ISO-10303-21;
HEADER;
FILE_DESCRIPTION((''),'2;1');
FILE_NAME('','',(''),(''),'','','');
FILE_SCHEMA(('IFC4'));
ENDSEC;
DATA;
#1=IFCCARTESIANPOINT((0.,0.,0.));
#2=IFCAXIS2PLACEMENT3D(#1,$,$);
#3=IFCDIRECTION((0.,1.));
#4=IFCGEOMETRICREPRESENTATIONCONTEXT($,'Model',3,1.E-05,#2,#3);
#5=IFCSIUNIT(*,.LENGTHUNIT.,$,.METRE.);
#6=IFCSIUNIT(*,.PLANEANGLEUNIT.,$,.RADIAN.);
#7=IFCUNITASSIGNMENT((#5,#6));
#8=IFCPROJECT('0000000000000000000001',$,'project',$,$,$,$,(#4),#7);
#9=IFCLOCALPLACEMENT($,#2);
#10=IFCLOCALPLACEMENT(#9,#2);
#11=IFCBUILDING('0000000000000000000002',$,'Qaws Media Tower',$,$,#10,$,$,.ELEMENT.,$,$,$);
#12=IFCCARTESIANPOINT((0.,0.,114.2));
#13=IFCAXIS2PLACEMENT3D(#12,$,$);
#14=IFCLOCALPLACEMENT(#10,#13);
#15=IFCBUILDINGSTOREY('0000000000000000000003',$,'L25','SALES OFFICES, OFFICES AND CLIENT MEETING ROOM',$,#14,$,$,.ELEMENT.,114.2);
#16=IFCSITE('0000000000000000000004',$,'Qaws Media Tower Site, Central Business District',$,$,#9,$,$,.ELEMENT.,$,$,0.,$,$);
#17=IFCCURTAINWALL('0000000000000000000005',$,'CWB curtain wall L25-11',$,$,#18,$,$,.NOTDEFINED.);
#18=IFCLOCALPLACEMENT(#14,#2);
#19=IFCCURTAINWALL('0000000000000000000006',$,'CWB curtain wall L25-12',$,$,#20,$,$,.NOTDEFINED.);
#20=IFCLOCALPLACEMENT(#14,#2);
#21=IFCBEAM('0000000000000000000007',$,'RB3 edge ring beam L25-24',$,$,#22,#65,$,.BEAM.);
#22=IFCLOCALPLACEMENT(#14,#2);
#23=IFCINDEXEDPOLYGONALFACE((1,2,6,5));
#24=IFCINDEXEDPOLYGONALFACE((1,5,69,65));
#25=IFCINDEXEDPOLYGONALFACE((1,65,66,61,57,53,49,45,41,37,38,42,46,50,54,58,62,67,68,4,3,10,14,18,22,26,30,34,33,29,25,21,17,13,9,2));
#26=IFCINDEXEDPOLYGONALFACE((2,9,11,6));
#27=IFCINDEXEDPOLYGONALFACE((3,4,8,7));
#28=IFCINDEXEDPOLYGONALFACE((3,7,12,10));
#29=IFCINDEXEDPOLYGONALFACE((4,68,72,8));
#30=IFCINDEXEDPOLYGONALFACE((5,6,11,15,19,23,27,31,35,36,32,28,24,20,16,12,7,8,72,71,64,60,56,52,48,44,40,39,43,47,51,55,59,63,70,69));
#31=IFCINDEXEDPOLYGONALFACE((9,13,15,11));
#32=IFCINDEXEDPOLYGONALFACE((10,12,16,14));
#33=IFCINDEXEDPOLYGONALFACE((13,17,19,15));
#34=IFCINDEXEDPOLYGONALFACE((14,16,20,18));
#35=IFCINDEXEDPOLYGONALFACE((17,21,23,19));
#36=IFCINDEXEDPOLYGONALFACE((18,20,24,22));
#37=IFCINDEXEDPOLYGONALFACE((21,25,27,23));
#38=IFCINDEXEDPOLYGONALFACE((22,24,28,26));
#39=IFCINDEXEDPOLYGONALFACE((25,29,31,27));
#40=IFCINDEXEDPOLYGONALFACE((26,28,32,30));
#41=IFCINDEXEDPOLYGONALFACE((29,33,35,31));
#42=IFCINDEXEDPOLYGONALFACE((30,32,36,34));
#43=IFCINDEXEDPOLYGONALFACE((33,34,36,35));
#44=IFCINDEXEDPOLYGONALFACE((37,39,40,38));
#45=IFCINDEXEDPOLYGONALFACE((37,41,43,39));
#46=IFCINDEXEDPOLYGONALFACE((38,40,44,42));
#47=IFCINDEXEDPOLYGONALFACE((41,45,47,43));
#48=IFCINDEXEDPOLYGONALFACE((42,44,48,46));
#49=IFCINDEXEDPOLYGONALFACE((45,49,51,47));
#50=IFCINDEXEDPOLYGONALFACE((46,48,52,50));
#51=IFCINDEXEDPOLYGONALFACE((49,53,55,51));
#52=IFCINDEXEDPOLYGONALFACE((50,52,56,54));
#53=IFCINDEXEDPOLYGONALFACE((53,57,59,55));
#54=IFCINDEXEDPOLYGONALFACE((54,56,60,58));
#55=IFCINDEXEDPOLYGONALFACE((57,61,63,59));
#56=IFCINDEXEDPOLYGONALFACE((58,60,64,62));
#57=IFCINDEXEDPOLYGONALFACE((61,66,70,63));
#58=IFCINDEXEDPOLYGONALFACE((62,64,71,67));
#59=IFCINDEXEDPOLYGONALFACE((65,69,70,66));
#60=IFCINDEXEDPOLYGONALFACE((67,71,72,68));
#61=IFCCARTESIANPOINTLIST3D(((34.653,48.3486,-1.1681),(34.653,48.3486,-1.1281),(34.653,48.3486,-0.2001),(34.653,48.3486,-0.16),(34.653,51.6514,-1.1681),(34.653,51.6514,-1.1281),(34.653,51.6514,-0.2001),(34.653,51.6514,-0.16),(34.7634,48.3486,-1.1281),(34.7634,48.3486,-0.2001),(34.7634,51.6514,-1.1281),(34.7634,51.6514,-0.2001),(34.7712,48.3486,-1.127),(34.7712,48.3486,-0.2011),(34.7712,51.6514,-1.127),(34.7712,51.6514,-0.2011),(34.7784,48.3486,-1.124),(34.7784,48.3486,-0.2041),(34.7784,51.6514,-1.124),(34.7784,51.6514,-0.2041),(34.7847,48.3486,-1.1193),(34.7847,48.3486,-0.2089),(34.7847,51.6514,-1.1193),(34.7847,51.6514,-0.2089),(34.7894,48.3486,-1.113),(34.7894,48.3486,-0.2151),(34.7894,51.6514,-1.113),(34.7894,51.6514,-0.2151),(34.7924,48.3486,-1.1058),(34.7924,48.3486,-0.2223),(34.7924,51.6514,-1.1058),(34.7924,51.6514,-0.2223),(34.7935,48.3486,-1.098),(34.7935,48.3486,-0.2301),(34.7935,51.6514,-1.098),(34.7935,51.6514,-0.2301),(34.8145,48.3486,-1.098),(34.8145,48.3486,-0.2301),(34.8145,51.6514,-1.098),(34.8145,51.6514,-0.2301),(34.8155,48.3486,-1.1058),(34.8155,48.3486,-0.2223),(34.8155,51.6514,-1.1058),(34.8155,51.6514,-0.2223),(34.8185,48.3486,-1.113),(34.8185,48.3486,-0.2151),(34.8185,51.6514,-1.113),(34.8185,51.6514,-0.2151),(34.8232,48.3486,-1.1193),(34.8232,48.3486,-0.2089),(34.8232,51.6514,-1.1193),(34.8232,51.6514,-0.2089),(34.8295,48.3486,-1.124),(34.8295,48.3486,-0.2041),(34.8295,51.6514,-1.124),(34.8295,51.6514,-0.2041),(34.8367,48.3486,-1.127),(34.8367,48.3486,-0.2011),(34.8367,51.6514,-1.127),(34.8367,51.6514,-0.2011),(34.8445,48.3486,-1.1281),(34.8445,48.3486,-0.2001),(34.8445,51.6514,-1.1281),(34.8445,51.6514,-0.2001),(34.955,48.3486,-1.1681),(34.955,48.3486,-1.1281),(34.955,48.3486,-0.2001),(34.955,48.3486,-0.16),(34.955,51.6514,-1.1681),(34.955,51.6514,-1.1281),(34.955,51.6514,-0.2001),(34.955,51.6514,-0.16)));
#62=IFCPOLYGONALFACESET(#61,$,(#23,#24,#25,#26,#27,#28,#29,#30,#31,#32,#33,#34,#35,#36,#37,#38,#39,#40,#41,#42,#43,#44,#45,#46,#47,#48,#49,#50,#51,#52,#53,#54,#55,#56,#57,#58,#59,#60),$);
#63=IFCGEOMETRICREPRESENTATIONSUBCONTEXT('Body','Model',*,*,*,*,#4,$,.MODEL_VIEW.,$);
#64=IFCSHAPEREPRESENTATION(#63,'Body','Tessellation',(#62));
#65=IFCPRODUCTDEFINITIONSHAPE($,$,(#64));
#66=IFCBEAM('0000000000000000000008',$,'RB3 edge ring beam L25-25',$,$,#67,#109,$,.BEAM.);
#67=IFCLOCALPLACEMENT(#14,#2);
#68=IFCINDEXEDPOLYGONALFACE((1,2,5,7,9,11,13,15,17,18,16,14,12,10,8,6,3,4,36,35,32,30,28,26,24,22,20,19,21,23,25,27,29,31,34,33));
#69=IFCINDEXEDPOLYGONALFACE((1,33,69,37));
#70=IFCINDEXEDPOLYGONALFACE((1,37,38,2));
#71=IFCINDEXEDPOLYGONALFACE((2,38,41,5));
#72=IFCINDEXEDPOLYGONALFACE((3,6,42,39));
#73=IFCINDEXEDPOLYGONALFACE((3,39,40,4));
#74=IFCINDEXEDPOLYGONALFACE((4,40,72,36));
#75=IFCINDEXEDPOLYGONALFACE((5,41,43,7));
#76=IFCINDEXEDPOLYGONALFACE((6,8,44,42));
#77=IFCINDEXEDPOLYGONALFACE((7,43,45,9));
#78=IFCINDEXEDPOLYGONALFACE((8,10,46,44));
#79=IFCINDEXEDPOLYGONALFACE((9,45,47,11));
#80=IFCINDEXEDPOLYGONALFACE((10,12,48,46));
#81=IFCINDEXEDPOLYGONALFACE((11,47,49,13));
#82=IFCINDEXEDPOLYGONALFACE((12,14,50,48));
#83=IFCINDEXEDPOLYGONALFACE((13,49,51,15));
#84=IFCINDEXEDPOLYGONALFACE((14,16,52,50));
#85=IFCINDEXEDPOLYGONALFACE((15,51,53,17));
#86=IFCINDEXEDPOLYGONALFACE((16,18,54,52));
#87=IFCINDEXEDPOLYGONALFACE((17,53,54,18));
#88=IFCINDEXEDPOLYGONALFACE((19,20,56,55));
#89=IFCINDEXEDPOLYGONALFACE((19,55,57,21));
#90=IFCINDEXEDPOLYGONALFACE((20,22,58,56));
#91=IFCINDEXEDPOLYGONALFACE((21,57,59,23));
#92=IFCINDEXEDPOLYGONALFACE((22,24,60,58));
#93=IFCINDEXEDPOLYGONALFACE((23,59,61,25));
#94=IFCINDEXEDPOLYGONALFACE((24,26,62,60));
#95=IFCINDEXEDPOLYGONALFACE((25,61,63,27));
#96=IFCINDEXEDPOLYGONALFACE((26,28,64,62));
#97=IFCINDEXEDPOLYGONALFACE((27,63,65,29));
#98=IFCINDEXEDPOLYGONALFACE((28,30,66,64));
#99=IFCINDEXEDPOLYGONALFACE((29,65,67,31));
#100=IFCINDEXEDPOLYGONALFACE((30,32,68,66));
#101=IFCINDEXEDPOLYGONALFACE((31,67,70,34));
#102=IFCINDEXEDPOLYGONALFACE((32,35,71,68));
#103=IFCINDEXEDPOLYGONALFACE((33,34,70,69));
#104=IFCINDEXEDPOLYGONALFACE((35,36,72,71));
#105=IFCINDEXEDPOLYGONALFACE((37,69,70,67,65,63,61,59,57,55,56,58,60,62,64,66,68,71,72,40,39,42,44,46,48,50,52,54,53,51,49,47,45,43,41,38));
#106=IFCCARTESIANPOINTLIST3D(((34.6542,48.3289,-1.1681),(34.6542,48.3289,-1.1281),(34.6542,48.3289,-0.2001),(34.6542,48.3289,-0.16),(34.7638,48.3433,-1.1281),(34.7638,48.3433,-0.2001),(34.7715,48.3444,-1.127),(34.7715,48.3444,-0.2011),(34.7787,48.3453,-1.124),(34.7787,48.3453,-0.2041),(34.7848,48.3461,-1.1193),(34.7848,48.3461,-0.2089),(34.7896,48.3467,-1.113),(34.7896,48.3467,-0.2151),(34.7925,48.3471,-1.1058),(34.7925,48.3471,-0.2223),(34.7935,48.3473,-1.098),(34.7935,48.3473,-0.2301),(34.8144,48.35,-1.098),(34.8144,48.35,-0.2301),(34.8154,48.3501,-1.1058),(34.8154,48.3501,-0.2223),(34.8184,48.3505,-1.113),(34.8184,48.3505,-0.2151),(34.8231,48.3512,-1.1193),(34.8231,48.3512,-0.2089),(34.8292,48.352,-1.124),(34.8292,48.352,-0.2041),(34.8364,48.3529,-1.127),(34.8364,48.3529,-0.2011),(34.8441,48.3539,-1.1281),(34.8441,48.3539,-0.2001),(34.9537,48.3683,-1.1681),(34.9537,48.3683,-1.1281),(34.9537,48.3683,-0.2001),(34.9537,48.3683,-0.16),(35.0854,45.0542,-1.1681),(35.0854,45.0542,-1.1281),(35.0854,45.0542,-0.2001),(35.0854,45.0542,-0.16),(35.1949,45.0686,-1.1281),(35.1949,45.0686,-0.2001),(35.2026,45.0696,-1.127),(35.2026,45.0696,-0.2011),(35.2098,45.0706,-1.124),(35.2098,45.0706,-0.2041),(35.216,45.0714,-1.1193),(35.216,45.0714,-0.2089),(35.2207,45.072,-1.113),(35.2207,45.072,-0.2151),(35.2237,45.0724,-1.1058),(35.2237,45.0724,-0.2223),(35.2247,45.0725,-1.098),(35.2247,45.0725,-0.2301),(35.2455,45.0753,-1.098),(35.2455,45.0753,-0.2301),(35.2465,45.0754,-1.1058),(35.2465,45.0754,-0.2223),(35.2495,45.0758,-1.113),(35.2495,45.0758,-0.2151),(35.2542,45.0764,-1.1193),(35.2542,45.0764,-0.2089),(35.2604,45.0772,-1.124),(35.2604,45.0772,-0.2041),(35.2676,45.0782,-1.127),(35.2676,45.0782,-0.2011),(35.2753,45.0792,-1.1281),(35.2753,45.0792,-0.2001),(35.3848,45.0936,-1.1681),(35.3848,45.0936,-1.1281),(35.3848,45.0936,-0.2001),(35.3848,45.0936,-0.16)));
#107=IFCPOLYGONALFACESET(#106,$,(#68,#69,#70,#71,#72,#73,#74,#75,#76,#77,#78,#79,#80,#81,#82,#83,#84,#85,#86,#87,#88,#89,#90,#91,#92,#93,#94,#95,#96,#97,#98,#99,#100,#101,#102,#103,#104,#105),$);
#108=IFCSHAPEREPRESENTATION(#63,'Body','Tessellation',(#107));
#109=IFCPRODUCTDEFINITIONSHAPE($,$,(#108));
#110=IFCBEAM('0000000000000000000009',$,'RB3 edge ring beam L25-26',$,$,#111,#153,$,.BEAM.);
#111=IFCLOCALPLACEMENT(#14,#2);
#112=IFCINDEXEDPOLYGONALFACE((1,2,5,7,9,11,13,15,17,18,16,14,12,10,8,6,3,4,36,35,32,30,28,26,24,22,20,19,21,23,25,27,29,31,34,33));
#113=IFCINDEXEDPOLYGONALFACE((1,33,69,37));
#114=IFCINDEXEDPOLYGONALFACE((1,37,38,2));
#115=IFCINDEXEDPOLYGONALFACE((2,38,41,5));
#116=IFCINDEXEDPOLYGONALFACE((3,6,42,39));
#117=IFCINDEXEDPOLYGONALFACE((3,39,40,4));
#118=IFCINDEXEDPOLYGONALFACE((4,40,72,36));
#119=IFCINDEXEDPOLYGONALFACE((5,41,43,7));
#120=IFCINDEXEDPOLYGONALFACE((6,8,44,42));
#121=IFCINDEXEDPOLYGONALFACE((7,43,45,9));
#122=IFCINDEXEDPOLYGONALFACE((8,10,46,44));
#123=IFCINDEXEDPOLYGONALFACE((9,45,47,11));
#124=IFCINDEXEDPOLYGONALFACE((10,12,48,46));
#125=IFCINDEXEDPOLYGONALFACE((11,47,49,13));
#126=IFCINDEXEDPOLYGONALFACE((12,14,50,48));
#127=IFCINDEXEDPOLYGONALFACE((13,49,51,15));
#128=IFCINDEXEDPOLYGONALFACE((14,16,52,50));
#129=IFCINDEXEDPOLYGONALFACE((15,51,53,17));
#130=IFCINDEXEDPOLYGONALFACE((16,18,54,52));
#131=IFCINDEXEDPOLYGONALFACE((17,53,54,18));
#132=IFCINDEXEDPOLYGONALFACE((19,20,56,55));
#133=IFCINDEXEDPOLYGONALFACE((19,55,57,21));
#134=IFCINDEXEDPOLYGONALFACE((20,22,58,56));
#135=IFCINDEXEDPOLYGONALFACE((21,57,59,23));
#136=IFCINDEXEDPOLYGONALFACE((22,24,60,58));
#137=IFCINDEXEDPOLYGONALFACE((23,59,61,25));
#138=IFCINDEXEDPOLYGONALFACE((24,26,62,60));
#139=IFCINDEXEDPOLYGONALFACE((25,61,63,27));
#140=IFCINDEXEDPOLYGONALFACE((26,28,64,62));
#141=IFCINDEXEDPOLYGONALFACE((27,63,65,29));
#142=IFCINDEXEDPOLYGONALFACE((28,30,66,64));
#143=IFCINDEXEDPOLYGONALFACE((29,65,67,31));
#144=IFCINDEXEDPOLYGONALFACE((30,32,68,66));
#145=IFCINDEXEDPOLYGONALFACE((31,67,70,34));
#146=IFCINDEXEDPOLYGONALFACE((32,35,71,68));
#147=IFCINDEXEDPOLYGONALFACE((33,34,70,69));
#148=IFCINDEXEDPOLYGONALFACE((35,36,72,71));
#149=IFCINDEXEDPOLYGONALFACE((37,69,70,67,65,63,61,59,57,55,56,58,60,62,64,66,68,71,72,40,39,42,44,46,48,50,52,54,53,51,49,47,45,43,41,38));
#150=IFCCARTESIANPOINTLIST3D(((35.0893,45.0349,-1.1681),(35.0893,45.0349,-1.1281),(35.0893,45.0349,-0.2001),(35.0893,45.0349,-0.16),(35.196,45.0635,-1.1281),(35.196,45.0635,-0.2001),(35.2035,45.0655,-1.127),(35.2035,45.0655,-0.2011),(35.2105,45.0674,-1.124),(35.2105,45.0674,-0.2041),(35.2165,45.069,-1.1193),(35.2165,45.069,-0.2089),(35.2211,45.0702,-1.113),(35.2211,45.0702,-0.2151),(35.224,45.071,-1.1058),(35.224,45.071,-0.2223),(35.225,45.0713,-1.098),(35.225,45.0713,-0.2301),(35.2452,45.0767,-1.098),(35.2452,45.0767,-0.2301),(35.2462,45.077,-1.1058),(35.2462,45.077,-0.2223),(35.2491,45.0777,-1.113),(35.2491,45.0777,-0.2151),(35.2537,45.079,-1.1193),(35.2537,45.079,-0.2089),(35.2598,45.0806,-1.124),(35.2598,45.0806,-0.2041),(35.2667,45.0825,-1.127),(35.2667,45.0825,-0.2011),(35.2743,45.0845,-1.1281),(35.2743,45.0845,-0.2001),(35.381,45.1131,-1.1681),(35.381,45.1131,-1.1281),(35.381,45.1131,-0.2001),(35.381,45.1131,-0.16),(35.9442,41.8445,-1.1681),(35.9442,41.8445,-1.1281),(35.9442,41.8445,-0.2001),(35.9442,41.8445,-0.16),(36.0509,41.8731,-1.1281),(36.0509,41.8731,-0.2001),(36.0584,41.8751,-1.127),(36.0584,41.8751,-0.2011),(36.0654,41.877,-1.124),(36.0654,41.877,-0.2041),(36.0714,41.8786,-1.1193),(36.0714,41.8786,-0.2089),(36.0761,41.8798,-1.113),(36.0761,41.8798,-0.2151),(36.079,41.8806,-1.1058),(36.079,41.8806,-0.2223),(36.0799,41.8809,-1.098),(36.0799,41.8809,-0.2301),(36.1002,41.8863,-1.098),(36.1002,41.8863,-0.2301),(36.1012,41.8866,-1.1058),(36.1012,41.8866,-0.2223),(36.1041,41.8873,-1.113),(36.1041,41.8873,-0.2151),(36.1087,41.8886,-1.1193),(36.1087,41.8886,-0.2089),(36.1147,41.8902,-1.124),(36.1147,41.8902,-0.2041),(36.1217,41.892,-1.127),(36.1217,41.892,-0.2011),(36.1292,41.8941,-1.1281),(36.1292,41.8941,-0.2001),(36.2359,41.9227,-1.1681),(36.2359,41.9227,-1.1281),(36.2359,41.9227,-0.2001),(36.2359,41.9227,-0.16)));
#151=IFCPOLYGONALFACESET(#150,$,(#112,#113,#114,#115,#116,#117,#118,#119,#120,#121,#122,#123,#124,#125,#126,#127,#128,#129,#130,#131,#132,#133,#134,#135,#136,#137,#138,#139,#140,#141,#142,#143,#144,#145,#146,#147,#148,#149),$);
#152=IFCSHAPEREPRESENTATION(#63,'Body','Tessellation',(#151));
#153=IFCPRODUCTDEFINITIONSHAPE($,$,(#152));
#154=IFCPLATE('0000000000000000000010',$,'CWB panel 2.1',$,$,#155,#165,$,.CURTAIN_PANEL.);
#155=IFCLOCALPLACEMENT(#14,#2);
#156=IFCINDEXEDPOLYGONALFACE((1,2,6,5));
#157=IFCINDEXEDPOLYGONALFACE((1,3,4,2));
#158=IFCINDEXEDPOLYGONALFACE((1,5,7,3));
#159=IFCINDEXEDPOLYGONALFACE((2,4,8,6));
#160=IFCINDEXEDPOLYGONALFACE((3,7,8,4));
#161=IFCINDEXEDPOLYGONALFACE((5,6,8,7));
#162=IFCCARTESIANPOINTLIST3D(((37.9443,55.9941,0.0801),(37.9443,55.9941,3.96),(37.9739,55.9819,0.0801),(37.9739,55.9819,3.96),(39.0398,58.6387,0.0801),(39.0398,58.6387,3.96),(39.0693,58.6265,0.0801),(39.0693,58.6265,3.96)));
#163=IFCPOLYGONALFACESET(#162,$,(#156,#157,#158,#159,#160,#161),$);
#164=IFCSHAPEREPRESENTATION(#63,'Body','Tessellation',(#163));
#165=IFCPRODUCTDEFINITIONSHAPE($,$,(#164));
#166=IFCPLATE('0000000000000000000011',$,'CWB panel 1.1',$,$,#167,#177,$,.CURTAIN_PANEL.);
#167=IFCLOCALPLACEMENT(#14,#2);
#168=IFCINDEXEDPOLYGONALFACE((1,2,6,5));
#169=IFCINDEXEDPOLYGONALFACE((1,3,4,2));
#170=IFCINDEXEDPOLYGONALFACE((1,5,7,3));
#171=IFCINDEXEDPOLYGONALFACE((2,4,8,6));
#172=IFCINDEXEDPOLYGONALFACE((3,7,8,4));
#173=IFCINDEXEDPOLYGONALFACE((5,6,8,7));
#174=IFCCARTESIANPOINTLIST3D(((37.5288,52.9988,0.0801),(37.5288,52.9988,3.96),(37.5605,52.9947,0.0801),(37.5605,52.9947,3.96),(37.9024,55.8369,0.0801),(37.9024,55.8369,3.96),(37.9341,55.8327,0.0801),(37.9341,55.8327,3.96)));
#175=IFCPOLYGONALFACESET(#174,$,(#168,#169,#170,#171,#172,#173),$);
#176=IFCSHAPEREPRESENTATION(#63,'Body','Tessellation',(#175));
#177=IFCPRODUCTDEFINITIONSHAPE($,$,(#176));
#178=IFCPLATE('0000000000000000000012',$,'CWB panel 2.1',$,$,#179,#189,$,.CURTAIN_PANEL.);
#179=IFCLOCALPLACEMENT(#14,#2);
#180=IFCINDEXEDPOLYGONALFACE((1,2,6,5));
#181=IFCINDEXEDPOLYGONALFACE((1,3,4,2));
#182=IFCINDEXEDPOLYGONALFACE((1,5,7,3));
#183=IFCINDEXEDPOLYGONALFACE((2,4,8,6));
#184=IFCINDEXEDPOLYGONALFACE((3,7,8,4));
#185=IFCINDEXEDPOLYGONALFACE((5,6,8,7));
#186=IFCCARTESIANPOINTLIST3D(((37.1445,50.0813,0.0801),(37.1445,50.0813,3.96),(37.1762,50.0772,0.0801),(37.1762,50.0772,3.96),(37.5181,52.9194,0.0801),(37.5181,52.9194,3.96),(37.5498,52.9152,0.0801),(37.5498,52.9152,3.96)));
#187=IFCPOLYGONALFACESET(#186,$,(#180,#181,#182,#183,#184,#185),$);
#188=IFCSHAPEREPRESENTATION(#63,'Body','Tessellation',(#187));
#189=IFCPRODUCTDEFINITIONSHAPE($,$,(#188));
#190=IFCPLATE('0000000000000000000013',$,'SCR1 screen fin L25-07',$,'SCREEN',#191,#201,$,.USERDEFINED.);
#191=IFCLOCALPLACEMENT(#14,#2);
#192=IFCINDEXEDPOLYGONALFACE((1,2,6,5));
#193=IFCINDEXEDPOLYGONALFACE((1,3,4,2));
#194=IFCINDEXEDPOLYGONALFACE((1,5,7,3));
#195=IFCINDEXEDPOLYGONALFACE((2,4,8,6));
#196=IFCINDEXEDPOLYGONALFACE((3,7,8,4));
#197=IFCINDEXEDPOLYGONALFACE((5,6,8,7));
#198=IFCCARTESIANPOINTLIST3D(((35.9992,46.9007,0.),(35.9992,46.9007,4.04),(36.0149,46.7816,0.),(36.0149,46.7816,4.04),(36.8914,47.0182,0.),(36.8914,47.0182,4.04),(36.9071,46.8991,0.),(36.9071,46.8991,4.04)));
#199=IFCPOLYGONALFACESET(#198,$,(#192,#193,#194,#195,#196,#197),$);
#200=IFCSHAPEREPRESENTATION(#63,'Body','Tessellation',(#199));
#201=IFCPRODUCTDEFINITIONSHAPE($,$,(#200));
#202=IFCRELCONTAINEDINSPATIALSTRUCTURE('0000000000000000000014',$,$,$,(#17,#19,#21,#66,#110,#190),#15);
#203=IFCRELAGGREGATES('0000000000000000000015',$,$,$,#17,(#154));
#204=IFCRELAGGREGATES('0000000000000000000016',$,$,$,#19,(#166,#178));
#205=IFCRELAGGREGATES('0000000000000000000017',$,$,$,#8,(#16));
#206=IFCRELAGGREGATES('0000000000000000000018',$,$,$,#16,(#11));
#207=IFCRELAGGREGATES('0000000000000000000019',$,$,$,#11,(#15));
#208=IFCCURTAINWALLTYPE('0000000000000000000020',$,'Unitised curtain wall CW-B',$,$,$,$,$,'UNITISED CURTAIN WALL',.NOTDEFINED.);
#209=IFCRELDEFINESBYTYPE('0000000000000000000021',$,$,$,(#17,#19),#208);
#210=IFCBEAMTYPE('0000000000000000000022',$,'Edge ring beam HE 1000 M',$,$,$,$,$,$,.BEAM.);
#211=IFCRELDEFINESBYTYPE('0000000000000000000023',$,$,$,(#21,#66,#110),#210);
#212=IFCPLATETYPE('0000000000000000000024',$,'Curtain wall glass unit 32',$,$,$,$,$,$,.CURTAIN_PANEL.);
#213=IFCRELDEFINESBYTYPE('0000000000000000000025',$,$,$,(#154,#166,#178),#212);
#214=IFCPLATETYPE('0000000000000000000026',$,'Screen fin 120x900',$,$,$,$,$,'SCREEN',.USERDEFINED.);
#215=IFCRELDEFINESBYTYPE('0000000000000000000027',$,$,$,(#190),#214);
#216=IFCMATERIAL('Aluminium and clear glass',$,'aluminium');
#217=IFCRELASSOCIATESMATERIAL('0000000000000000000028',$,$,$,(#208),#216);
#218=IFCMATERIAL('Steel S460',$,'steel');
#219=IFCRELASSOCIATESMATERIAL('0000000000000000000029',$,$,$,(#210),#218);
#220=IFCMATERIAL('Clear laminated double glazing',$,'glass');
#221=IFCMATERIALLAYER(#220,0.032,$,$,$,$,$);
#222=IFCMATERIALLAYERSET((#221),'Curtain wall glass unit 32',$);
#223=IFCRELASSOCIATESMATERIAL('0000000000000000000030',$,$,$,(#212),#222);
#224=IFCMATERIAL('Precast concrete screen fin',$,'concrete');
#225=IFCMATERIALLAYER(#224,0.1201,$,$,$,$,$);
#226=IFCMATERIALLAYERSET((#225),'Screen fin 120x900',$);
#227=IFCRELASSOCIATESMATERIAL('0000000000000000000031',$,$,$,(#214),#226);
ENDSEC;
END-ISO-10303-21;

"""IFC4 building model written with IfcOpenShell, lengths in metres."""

from ifc_helpers import new_model, si_unit, direction, frame, origin, origin_2d, place, context, subcontext, project, spatial, rectangle, i_section, extrude, material, layer, layer_set, material_profile, profile_set, type_object, element, aggregate, save


model = new_model("IFC4")

# Units and contexts
model_context = context("Model", 3, precision=1e-05, world=origin(), true_north=direction((0.0, 1.0)))
body_context = subcontext(model_context, "Body", "Model", "MODEL_VIEW")
ifc_project = project(units=[si_unit("LENGTHUNIT", "METRE"), si_unit("PLANEANGLEUNIT", "RADIAN")], contexts=[model_context])

# Site, building, storey
site_placement = place(None, origin())
site = spatial("IfcSite", under=ifc_project, at=site_placement, Name="Qaws Media Tower Site, Central Business District", CompositionType="ELEMENT", RefElevation=0.0)
building_placement = place(site_placement, origin())
building = spatial("IfcBuilding", under=site, at=building_placement, Name="Qaws Media Tower", CompositionType="ELEMENT")
storey_placement = place(building_placement, frame((0.0, 0.0, 114.2)))
storey = spatial("IfcBuildingStorey", under=building, at=storey_placement, Name="L25", Description="SALES OFFICES, OFFICES AND CLIENT MEETING ROOM", CompositionType="ELEMENT", Elevation=114.2)

# Curtain wall
ifc_material_1 = material(Name="Aluminium and clear glass", Category="aluminium")
curtain_wall_type = type_object("IfcCurtainWallType", Name="Unitised curtain wall CW-B", ElementType="UNITISED CURTAIN WALL", PredefinedType="NOTDEFINED", material=ifc_material_1)
curtain_wall_1_placement = place(storey_placement, origin())
curtain_wall_1 = element("IfcCurtainWall", 1, at=curtain_wall_1_placement, inside=storey, type_object=curtain_wall_type, Name="CWB curtain wall L25-11", PredefinedType="NOTDEFINED")

# Curtain wall
curtain_wall_2_placement = place(storey_placement, origin())
curtain_wall_2 = element("IfcCurtainWall", 2, at=curtain_wall_2_placement, inside=storey, type_object=curtain_wall_type, Name="CWB curtain wall L25-12", PredefinedType="NOTDEFINED")

# Beams
ifc_material_2 = material(Name="Steel S460", Category="steel")
ifc_material_profile_1 = material_profile(ifc_material_2, i_section(OverallWidth=0.302, OverallDepth=1.0081, WebThickness=0.021, FlangeThickness=0.04, FilletRadius=0.03, at=origin_2d()), Name="HE 1000 M")
ifc_profile_set_1 = profile_set([ifc_material_profile_1], Name="Steel S460")
beam_type = type_object("IfcBeamType", Name="Edge ring beam HE 1000 M", PredefinedType="BEAM", material=ifc_profile_set_1)
beam_placement = place(storey_placement, frame((34.804, 51.6514, -0.6641), z_axis=(0.0, -1.0, 0.0), x_axis=(1.0, 0.0, 0.0)))
element("IfcBeam", 3, at=beam_placement, inside=storey, type_object=beam_type, Name="RB3 edge ring beam L25-24", PredefinedType="BEAM", context=body_context, shape_type="SweptSolid", body=[
    extrude(i_section(OverallWidth=0.302, OverallDepth=1.0081, WebThickness=0.021, FlangeThickness=0.04, FilletRadius=0.03, at=origin_2d()), origin(), (0.0, 0.0, 1.0), 3.3027),
])
for number, where, z_axis, x_axis, name in (
    (4, (34.804, 48.3486, -0.6641), (0.130537, -0.991443, 0.0), (0.991443, 0.130537, 0.0), "RB3 edge ring beam L25-25"),
    (5, (35.2351, 45.074, -0.6641), (0.258849, -0.965918, 0.0), (0.965918, 0.258849, 0.0), "RB3 edge ring beam L25-26"),
):
    element("IfcBeam", number, at=place(storey_placement, frame(where, z_axis=z_axis, x_axis=x_axis)), inside=storey, type_object=beam_type, Name=name, PredefinedType="BEAM", context=body_context, shape_type="SweptSolid", body=[
        extrude(i_section(OverallWidth=0.302, OverallDepth=1.0081, WebThickness=0.021, FlangeThickness=0.04, FilletRadius=0.03, at=origin_2d()), origin(), (0.0, 0.0, 1.0), 3.303),
    ])

# Plates
ifc_material_3 = material(Name="Clear laminated double glazing", Category="glass")
ifc_layer_1 = layer(ifc_material_3, 0.032)
ifc_layer_set_1 = layer_set([ifc_layer_1], Name="Curtain wall glass unit 32")
plate_type_1 = type_object("IfcPlateType", Name="Curtain wall glass unit 32", PredefinedType="CURTAIN_PANEL", material=ifc_layer_set_1)
plate_1_placement = place(storey_placement, frame((38.5068, 57.3103, 0.0801), z_axis=(0.0, 0.0, 1.0), x_axis=(-0.382683, -0.92388, 0.0)))
plate_1 = element("IfcPlate", 6, at=plate_1_placement, type_object=plate_type_1, Name="CWB panel 2.1", PredefinedType="CURTAIN_PANEL", context=body_context, shape_type="SweptSolid", body=[
    extrude(rectangle(XDim=2.8625, YDim=0.032, at=origin_2d()), origin(), (0.0, 0.0, 1.0), 3.8799),
])
aggregate(curtain_wall_1, [plate_1])
plate_2_placement = place(storey_placement, frame((37.7314, 54.4158, 0.0801), z_axis=(0.0, 0.0, 1.0), x_axis=(-0.130526, -0.991445, 0.0)))
plate_2 = element("IfcPlate", 7, at=plate_2_placement, type_object=plate_type_1, Name="CWB panel 1.1", PredefinedType="CURTAIN_PANEL", context=body_context, shape_type="SweptSolid", body=[
    extrude(rectangle(XDim=2.8625, YDim=0.032, at=origin_2d()), origin(), (0.0, 0.0, 1.0), 3.8799),
])
plate_3_placement = place(storey_placement, frame((37.3472, 51.4983, 0.0801), z_axis=(0.0, 0.0, 1.0), x_axis=(-0.130526, -0.991445, 0.0)))
plate_3 = element("IfcPlate", 8, at=plate_3_placement, type_object=plate_type_1, Name="CWB panel 2.1", PredefinedType="CURTAIN_PANEL", context=body_context, shape_type="SweptSolid", body=[
    extrude(rectangle(XDim=2.8625, YDim=0.032, at=origin_2d()), origin(), (0.0, 0.0, 1.0), 3.8799),
])
aggregate(curtain_wall_2, [plate_2, plate_3])
ifc_material_4 = material(Name="Precast concrete screen fin", Category="concrete")
ifc_layer_2 = layer(ifc_material_4, 0.1201)
ifc_layer_set_2 = layer_set([ifc_layer_2], Name="Screen fin 120x900")
plate_type_2 = type_object("IfcPlateType", Name="Screen fin 120x900", ElementType="SCREEN", PredefinedType="USERDEFINED", material=ifc_layer_set_2)
plate_4_placement = place(storey_placement, frame((36.4531, 46.8999, 0.0), z_axis=(0.0, 0.0, 1.0), x_axis=(-0.991445, -0.130526, 0.0)))
element("IfcPlate", 9, at=plate_4_placement, inside=storey, type_object=plate_type_2, Name="SCR1 screen fin L25-07", ObjectType="SCREEN", PredefinedType="USERDEFINED", context=body_context, shape_type="SweptSolid", body=[
    extrude(rectangle(XDim=0.8999, YDim=0.1201, at=origin_2d()), origin(), (0.0, 0.0, 1.0), 4.04),
])

save(model, "model.ifc")
